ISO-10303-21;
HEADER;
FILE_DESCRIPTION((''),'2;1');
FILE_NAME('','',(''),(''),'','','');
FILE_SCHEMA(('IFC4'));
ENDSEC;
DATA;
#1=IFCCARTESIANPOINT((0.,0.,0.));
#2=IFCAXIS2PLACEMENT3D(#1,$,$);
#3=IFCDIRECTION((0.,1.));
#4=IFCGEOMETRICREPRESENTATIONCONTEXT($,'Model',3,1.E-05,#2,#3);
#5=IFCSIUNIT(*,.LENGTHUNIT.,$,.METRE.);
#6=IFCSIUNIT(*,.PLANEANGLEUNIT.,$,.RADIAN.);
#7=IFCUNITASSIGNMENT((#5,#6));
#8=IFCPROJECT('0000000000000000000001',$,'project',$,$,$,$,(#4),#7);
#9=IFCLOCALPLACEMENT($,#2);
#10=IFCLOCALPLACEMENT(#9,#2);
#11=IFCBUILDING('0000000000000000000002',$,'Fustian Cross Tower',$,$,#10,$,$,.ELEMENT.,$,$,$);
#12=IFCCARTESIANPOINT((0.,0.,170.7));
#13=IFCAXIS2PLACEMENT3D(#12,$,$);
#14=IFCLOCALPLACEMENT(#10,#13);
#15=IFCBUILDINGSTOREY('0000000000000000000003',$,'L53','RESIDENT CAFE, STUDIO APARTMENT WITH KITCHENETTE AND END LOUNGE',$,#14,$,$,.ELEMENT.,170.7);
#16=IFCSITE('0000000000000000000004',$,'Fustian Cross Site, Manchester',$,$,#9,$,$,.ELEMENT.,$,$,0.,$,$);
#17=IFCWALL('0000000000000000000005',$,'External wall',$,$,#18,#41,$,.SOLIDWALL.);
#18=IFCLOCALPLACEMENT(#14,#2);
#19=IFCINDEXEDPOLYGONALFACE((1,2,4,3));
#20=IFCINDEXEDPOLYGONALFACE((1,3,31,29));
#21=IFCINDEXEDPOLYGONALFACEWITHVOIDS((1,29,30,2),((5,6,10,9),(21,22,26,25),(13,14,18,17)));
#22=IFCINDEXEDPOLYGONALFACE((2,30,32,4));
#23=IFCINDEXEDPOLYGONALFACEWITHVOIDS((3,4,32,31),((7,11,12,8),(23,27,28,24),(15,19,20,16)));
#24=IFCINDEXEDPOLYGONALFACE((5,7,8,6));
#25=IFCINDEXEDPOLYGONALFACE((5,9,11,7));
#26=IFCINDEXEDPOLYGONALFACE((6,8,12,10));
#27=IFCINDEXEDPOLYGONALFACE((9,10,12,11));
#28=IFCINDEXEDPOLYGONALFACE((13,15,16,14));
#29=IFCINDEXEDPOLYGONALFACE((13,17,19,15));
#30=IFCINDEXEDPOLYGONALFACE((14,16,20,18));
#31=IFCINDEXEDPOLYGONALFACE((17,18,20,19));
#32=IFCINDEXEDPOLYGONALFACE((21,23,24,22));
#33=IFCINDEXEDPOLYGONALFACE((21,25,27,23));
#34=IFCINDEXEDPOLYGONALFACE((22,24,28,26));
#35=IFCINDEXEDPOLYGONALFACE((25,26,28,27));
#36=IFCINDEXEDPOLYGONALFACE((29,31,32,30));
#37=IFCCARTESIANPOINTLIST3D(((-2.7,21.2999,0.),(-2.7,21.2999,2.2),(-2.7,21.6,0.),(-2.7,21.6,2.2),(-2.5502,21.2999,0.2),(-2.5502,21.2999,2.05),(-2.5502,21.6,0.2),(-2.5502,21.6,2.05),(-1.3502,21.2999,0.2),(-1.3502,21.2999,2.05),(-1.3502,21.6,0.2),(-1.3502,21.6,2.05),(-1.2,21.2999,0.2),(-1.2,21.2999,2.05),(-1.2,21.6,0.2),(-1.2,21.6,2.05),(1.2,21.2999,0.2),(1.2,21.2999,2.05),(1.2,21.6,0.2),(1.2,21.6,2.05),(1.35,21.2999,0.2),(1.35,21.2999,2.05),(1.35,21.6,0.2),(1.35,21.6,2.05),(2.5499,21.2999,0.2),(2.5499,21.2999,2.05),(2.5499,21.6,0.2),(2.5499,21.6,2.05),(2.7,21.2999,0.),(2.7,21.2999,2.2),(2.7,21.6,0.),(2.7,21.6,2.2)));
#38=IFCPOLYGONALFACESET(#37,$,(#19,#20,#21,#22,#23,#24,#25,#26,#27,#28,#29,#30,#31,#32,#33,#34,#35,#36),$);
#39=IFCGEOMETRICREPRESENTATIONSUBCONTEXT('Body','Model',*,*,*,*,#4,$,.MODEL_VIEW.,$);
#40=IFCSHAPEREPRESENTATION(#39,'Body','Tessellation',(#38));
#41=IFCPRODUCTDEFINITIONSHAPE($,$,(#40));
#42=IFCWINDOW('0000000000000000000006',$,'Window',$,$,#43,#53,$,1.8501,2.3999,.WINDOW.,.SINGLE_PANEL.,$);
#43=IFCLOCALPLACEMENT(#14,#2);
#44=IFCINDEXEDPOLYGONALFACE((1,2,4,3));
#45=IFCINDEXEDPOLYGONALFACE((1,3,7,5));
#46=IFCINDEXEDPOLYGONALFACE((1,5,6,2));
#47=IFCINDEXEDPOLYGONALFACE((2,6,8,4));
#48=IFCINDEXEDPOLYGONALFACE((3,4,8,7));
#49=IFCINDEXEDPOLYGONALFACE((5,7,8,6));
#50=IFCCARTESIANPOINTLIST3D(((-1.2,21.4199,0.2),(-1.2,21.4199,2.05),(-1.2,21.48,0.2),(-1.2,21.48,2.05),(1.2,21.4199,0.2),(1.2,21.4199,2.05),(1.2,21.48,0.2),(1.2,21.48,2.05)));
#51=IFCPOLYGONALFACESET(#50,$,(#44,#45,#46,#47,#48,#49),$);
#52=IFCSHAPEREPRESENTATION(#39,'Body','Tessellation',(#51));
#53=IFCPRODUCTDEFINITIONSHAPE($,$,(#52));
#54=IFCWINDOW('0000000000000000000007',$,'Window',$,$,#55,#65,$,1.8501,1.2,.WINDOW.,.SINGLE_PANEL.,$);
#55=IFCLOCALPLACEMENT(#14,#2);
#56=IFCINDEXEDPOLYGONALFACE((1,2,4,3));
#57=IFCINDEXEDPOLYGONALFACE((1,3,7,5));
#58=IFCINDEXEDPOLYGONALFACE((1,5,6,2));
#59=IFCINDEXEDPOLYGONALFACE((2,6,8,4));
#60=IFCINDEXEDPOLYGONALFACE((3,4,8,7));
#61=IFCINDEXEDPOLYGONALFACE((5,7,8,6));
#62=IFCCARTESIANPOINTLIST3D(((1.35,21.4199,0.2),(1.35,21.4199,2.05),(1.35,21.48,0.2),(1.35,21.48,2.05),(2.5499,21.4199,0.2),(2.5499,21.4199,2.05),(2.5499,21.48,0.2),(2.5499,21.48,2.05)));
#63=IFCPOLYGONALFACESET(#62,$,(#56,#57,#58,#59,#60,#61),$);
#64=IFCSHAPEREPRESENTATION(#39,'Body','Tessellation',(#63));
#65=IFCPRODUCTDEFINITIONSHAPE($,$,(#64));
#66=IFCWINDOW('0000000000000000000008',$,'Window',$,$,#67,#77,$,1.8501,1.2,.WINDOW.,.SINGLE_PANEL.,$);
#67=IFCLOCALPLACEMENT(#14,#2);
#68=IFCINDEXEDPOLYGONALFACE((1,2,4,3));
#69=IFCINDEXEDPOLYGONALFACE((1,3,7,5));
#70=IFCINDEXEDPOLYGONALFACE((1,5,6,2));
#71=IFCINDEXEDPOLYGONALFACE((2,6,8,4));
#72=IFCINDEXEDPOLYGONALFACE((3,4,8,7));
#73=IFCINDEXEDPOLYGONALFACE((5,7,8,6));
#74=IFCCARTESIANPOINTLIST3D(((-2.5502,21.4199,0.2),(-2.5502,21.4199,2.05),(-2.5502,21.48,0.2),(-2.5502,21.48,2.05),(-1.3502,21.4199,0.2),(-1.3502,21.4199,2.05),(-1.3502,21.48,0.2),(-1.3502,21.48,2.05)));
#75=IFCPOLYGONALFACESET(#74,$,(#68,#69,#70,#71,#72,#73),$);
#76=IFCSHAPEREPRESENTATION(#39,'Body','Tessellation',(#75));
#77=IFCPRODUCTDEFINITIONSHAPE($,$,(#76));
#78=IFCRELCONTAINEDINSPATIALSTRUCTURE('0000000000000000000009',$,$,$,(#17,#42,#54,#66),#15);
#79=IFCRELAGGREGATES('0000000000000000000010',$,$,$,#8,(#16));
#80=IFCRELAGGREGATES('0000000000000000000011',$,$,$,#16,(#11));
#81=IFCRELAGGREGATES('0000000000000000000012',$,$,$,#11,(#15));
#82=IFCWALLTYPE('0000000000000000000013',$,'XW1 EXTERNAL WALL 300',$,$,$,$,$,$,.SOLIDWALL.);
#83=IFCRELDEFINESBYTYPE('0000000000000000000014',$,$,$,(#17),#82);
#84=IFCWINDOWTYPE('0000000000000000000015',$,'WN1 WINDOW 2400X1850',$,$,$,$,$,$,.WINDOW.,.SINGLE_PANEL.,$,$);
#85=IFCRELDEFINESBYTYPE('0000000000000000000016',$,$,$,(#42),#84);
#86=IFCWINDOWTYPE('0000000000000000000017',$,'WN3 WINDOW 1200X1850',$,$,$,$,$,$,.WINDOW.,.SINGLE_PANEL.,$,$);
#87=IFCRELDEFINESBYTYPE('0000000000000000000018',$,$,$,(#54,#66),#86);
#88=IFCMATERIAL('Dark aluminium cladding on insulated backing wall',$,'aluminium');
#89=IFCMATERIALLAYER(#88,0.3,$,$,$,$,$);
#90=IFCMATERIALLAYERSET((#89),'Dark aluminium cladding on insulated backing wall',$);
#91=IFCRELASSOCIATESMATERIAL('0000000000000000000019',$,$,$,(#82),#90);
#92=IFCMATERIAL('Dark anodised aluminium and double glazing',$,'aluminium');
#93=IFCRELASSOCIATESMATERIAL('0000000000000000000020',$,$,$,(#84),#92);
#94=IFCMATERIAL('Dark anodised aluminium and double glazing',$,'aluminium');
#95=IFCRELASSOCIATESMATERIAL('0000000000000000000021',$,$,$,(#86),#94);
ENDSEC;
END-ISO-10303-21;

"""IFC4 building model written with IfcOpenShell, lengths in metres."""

from ifc_helpers import new_model, si_unit, direction, frame, frame_2d, origin, place, context, subcontext, project, spatial, rectangle, extrude, material, layer, layer_set, type_object, element, fill, save


model = new_model("IFC4")

# Units and contexts
model_context = context("Model", 3, precision=1e-05, world=origin(), true_north=direction((0.0, 1.0)))
body_context = subcontext(model_context, "Body", "Model", "MODEL_VIEW")
ifc_project = project(units=[si_unit("LENGTHUNIT", "METRE"), si_unit("PLANEANGLEUNIT", "RADIAN")], contexts=[model_context])

# Site, building, storey
site_placement = place(None, origin())
site = spatial("IfcSite", under=ifc_project, at=site_placement, Name="Fustian Cross Site, Manchester", CompositionType="ELEMENT", RefElevation=0.0)
building_placement = place(site_placement, origin())
building = spatial("IfcBuilding", under=site, at=building_placement, Name="Fustian Cross Tower", CompositionType="ELEMENT")
storey_placement = place(building_placement, frame((0.0, 0.0, 170.7)))
storey = spatial("IfcBuildingStorey", under=building, at=storey_placement, Name="L53", Description="RESIDENT CAFE, STUDIO APARTMENT WITH KITCHENETTE AND END LOUNGE", CompositionType="ELEMENT", Elevation=170.7)

# Shared definitions
ifc_material_1 = material(Name="Dark aluminium cladding on insulated backing wall", Category="aluminium")
ifc_layer_1 = layer(ifc_material_1, 0.3)
ifc_layer_set_1 = layer_set([ifc_layer_1], Name="Dark aluminium cladding on insulated backing wall")
wall_type_1 = type_object("IfcWallType", Name="XW1 EXTERNAL WALL 300", PredefinedType="SOLIDWALL", material=ifc_layer_set_1)

# Wall, openings, windows
wall_1_placement = place(storey_placement, frame((2.7, 21.45, 0.0), z_axis=(0.0, 0.0, 1.0), x_axis=(-1.0, 0.0, 0.0)))
wall_1 = element("IfcWall", 1, at=wall_1_placement, inside=storey, type_object=wall_type_1, Name="External wall", PredefinedType="SOLIDWALL", context=body_context, shape_type="SweptSolid", body=[
    extrude(rectangle(XDim=5.3999, YDim=0.3, at=frame_2d((2.7, 0.0))), origin(), (0.0, 0.0, 1.0), 2.2),
])
opening_1_placement = place(wall_1_placement, frame((1.5, 0.0, 0.2)))
opening_1 = element("IfcOpeningElement", 2, at=opening_1_placement, cuts=wall_1, PredefinedType="OPENING", context=body_context, shape_type="SweptSolid", body=[
    extrude(rectangle(XDim=2.3999, YDim=1.8501, at=frame_2d((1.2, 0.925))), frame((0.0, 0.1599, 0.0), z_axis=(0.0, -1.0, 0.0), x_axis=(1.0, 0.0, 0.0)), (0.0, 0.0, 1.0), 0.3201),
])
opening_2_placement = place(wall_1_placement, frame((0.1499, 0.0, 0.2)))
opening_2 = element("IfcOpeningElement", 3, at=opening_2_placement, cuts=wall_1, PredefinedType="OPENING", context=body_context, shape_type="SweptSolid", body=[
    extrude(rectangle(XDim=1.2, YDim=1.8501, at=frame_2d((0.6001, 0.925))), frame((0.0, 0.1599, 0.0), z_axis=(0.0, -1.0, 0.0), x_axis=(1.0, 0.0, 0.0)), (0.0, 0.0, 1.0), 0.3201),
])
opening_3_placement = place(wall_1_placement, frame((4.05, 0.0, 0.2)))
opening_3 = element("IfcOpeningElement", 4, at=opening_3_placement, cuts=wall_1, PredefinedType="OPENING", context=body_context, shape_type="SweptSolid", body=[
    extrude(rectangle(XDim=1.2, YDim=1.8501, at=frame_2d((0.6001, 0.925))), frame((0.0, 0.1599, 0.0), z_axis=(0.0, -1.0, 0.0), x_axis=(1.0, 0.0, 0.0)), (0.0, 0.0, 1.0), 0.3201),
])
ifc_material_2 = material(Name="Dark anodised aluminium and double glazing", Category="aluminium")
window_type_1 = type_object("IfcWindowType", Name="WN1 WINDOW 2400X1850", PartitioningType="SINGLE_PANEL", PredefinedType="WINDOW", material=ifc_material_2)
window_1_placement = place(opening_1_placement, origin())
window_1 = element("IfcWindow", 5, at=window_1_placement, inside=storey, type_object=window_type_1, Name="Window", OverallHeight=1.8501, OverallWidth=2.3999, PartitioningType="SINGLE_PANEL", PredefinedType="WINDOW", context=body_context, shape_type="SweptSolid", body=[
    extrude(rectangle(XDim=2.3999, YDim=1.8501, at=frame_2d((1.2, 0.925))), frame((0.0, 0.03, 0.0), z_axis=(0.0, -1.0, 0.0), x_axis=(1.0, 0.0, 0.0)), (0.0, 0.0, 1.0), 0.0601),
])
fill(opening_1, window_1)
ifc_material_3 = material(Name="Dark anodised aluminium and double glazing", Category="aluminium")
window_type_2 = type_object("IfcWindowType", Name="WN3 WINDOW 1200X1850", PartitioningType="SINGLE_PANEL", PredefinedType="WINDOW", material=ifc_material_3)
window_2_placement = place(opening_2_placement, origin())
window_2 = element("IfcWindow", 6, at=window_2_placement, inside=storey, type_object=window_type_2, Name="Window", OverallHeight=1.8501, OverallWidth=1.2, PartitioningType="SINGLE_PANEL", PredefinedType="WINDOW", context=body_context, shape_type="SweptSolid", body=[
    extrude(rectangle(XDim=1.2, YDim=1.8501, at=frame_2d((0.6001, 0.925))), frame((0.0, 0.03, 0.0), z_axis=(0.0, -1.0, 0.0), x_axis=(1.0, 0.0, 0.0)), (0.0, 0.0, 1.0), 0.0601),
])
fill(opening_2, window_2)
window_3_placement = place(opening_3_placement, origin())
window_3 = element("IfcWindow", 7, at=window_3_placement, inside=storey, type_object=window_type_2, Name="Window", OverallHeight=1.8501, OverallWidth=1.2, PartitioningType="SINGLE_PANEL", PredefinedType="WINDOW", context=body_context, shape_type="SweptSolid", body=[
    extrude(rectangle(XDim=1.2, YDim=1.8501, at=frame_2d((0.6001, 0.925))), frame((0.0, 0.03, 0.0), z_axis=(0.0, -1.0, 0.0), x_axis=(1.0, 0.0, 0.0)), (0.0, 0.0, 1.0), 0.0601),
])
fill(opening_3, window_3)

save(model, "model.ifc")
